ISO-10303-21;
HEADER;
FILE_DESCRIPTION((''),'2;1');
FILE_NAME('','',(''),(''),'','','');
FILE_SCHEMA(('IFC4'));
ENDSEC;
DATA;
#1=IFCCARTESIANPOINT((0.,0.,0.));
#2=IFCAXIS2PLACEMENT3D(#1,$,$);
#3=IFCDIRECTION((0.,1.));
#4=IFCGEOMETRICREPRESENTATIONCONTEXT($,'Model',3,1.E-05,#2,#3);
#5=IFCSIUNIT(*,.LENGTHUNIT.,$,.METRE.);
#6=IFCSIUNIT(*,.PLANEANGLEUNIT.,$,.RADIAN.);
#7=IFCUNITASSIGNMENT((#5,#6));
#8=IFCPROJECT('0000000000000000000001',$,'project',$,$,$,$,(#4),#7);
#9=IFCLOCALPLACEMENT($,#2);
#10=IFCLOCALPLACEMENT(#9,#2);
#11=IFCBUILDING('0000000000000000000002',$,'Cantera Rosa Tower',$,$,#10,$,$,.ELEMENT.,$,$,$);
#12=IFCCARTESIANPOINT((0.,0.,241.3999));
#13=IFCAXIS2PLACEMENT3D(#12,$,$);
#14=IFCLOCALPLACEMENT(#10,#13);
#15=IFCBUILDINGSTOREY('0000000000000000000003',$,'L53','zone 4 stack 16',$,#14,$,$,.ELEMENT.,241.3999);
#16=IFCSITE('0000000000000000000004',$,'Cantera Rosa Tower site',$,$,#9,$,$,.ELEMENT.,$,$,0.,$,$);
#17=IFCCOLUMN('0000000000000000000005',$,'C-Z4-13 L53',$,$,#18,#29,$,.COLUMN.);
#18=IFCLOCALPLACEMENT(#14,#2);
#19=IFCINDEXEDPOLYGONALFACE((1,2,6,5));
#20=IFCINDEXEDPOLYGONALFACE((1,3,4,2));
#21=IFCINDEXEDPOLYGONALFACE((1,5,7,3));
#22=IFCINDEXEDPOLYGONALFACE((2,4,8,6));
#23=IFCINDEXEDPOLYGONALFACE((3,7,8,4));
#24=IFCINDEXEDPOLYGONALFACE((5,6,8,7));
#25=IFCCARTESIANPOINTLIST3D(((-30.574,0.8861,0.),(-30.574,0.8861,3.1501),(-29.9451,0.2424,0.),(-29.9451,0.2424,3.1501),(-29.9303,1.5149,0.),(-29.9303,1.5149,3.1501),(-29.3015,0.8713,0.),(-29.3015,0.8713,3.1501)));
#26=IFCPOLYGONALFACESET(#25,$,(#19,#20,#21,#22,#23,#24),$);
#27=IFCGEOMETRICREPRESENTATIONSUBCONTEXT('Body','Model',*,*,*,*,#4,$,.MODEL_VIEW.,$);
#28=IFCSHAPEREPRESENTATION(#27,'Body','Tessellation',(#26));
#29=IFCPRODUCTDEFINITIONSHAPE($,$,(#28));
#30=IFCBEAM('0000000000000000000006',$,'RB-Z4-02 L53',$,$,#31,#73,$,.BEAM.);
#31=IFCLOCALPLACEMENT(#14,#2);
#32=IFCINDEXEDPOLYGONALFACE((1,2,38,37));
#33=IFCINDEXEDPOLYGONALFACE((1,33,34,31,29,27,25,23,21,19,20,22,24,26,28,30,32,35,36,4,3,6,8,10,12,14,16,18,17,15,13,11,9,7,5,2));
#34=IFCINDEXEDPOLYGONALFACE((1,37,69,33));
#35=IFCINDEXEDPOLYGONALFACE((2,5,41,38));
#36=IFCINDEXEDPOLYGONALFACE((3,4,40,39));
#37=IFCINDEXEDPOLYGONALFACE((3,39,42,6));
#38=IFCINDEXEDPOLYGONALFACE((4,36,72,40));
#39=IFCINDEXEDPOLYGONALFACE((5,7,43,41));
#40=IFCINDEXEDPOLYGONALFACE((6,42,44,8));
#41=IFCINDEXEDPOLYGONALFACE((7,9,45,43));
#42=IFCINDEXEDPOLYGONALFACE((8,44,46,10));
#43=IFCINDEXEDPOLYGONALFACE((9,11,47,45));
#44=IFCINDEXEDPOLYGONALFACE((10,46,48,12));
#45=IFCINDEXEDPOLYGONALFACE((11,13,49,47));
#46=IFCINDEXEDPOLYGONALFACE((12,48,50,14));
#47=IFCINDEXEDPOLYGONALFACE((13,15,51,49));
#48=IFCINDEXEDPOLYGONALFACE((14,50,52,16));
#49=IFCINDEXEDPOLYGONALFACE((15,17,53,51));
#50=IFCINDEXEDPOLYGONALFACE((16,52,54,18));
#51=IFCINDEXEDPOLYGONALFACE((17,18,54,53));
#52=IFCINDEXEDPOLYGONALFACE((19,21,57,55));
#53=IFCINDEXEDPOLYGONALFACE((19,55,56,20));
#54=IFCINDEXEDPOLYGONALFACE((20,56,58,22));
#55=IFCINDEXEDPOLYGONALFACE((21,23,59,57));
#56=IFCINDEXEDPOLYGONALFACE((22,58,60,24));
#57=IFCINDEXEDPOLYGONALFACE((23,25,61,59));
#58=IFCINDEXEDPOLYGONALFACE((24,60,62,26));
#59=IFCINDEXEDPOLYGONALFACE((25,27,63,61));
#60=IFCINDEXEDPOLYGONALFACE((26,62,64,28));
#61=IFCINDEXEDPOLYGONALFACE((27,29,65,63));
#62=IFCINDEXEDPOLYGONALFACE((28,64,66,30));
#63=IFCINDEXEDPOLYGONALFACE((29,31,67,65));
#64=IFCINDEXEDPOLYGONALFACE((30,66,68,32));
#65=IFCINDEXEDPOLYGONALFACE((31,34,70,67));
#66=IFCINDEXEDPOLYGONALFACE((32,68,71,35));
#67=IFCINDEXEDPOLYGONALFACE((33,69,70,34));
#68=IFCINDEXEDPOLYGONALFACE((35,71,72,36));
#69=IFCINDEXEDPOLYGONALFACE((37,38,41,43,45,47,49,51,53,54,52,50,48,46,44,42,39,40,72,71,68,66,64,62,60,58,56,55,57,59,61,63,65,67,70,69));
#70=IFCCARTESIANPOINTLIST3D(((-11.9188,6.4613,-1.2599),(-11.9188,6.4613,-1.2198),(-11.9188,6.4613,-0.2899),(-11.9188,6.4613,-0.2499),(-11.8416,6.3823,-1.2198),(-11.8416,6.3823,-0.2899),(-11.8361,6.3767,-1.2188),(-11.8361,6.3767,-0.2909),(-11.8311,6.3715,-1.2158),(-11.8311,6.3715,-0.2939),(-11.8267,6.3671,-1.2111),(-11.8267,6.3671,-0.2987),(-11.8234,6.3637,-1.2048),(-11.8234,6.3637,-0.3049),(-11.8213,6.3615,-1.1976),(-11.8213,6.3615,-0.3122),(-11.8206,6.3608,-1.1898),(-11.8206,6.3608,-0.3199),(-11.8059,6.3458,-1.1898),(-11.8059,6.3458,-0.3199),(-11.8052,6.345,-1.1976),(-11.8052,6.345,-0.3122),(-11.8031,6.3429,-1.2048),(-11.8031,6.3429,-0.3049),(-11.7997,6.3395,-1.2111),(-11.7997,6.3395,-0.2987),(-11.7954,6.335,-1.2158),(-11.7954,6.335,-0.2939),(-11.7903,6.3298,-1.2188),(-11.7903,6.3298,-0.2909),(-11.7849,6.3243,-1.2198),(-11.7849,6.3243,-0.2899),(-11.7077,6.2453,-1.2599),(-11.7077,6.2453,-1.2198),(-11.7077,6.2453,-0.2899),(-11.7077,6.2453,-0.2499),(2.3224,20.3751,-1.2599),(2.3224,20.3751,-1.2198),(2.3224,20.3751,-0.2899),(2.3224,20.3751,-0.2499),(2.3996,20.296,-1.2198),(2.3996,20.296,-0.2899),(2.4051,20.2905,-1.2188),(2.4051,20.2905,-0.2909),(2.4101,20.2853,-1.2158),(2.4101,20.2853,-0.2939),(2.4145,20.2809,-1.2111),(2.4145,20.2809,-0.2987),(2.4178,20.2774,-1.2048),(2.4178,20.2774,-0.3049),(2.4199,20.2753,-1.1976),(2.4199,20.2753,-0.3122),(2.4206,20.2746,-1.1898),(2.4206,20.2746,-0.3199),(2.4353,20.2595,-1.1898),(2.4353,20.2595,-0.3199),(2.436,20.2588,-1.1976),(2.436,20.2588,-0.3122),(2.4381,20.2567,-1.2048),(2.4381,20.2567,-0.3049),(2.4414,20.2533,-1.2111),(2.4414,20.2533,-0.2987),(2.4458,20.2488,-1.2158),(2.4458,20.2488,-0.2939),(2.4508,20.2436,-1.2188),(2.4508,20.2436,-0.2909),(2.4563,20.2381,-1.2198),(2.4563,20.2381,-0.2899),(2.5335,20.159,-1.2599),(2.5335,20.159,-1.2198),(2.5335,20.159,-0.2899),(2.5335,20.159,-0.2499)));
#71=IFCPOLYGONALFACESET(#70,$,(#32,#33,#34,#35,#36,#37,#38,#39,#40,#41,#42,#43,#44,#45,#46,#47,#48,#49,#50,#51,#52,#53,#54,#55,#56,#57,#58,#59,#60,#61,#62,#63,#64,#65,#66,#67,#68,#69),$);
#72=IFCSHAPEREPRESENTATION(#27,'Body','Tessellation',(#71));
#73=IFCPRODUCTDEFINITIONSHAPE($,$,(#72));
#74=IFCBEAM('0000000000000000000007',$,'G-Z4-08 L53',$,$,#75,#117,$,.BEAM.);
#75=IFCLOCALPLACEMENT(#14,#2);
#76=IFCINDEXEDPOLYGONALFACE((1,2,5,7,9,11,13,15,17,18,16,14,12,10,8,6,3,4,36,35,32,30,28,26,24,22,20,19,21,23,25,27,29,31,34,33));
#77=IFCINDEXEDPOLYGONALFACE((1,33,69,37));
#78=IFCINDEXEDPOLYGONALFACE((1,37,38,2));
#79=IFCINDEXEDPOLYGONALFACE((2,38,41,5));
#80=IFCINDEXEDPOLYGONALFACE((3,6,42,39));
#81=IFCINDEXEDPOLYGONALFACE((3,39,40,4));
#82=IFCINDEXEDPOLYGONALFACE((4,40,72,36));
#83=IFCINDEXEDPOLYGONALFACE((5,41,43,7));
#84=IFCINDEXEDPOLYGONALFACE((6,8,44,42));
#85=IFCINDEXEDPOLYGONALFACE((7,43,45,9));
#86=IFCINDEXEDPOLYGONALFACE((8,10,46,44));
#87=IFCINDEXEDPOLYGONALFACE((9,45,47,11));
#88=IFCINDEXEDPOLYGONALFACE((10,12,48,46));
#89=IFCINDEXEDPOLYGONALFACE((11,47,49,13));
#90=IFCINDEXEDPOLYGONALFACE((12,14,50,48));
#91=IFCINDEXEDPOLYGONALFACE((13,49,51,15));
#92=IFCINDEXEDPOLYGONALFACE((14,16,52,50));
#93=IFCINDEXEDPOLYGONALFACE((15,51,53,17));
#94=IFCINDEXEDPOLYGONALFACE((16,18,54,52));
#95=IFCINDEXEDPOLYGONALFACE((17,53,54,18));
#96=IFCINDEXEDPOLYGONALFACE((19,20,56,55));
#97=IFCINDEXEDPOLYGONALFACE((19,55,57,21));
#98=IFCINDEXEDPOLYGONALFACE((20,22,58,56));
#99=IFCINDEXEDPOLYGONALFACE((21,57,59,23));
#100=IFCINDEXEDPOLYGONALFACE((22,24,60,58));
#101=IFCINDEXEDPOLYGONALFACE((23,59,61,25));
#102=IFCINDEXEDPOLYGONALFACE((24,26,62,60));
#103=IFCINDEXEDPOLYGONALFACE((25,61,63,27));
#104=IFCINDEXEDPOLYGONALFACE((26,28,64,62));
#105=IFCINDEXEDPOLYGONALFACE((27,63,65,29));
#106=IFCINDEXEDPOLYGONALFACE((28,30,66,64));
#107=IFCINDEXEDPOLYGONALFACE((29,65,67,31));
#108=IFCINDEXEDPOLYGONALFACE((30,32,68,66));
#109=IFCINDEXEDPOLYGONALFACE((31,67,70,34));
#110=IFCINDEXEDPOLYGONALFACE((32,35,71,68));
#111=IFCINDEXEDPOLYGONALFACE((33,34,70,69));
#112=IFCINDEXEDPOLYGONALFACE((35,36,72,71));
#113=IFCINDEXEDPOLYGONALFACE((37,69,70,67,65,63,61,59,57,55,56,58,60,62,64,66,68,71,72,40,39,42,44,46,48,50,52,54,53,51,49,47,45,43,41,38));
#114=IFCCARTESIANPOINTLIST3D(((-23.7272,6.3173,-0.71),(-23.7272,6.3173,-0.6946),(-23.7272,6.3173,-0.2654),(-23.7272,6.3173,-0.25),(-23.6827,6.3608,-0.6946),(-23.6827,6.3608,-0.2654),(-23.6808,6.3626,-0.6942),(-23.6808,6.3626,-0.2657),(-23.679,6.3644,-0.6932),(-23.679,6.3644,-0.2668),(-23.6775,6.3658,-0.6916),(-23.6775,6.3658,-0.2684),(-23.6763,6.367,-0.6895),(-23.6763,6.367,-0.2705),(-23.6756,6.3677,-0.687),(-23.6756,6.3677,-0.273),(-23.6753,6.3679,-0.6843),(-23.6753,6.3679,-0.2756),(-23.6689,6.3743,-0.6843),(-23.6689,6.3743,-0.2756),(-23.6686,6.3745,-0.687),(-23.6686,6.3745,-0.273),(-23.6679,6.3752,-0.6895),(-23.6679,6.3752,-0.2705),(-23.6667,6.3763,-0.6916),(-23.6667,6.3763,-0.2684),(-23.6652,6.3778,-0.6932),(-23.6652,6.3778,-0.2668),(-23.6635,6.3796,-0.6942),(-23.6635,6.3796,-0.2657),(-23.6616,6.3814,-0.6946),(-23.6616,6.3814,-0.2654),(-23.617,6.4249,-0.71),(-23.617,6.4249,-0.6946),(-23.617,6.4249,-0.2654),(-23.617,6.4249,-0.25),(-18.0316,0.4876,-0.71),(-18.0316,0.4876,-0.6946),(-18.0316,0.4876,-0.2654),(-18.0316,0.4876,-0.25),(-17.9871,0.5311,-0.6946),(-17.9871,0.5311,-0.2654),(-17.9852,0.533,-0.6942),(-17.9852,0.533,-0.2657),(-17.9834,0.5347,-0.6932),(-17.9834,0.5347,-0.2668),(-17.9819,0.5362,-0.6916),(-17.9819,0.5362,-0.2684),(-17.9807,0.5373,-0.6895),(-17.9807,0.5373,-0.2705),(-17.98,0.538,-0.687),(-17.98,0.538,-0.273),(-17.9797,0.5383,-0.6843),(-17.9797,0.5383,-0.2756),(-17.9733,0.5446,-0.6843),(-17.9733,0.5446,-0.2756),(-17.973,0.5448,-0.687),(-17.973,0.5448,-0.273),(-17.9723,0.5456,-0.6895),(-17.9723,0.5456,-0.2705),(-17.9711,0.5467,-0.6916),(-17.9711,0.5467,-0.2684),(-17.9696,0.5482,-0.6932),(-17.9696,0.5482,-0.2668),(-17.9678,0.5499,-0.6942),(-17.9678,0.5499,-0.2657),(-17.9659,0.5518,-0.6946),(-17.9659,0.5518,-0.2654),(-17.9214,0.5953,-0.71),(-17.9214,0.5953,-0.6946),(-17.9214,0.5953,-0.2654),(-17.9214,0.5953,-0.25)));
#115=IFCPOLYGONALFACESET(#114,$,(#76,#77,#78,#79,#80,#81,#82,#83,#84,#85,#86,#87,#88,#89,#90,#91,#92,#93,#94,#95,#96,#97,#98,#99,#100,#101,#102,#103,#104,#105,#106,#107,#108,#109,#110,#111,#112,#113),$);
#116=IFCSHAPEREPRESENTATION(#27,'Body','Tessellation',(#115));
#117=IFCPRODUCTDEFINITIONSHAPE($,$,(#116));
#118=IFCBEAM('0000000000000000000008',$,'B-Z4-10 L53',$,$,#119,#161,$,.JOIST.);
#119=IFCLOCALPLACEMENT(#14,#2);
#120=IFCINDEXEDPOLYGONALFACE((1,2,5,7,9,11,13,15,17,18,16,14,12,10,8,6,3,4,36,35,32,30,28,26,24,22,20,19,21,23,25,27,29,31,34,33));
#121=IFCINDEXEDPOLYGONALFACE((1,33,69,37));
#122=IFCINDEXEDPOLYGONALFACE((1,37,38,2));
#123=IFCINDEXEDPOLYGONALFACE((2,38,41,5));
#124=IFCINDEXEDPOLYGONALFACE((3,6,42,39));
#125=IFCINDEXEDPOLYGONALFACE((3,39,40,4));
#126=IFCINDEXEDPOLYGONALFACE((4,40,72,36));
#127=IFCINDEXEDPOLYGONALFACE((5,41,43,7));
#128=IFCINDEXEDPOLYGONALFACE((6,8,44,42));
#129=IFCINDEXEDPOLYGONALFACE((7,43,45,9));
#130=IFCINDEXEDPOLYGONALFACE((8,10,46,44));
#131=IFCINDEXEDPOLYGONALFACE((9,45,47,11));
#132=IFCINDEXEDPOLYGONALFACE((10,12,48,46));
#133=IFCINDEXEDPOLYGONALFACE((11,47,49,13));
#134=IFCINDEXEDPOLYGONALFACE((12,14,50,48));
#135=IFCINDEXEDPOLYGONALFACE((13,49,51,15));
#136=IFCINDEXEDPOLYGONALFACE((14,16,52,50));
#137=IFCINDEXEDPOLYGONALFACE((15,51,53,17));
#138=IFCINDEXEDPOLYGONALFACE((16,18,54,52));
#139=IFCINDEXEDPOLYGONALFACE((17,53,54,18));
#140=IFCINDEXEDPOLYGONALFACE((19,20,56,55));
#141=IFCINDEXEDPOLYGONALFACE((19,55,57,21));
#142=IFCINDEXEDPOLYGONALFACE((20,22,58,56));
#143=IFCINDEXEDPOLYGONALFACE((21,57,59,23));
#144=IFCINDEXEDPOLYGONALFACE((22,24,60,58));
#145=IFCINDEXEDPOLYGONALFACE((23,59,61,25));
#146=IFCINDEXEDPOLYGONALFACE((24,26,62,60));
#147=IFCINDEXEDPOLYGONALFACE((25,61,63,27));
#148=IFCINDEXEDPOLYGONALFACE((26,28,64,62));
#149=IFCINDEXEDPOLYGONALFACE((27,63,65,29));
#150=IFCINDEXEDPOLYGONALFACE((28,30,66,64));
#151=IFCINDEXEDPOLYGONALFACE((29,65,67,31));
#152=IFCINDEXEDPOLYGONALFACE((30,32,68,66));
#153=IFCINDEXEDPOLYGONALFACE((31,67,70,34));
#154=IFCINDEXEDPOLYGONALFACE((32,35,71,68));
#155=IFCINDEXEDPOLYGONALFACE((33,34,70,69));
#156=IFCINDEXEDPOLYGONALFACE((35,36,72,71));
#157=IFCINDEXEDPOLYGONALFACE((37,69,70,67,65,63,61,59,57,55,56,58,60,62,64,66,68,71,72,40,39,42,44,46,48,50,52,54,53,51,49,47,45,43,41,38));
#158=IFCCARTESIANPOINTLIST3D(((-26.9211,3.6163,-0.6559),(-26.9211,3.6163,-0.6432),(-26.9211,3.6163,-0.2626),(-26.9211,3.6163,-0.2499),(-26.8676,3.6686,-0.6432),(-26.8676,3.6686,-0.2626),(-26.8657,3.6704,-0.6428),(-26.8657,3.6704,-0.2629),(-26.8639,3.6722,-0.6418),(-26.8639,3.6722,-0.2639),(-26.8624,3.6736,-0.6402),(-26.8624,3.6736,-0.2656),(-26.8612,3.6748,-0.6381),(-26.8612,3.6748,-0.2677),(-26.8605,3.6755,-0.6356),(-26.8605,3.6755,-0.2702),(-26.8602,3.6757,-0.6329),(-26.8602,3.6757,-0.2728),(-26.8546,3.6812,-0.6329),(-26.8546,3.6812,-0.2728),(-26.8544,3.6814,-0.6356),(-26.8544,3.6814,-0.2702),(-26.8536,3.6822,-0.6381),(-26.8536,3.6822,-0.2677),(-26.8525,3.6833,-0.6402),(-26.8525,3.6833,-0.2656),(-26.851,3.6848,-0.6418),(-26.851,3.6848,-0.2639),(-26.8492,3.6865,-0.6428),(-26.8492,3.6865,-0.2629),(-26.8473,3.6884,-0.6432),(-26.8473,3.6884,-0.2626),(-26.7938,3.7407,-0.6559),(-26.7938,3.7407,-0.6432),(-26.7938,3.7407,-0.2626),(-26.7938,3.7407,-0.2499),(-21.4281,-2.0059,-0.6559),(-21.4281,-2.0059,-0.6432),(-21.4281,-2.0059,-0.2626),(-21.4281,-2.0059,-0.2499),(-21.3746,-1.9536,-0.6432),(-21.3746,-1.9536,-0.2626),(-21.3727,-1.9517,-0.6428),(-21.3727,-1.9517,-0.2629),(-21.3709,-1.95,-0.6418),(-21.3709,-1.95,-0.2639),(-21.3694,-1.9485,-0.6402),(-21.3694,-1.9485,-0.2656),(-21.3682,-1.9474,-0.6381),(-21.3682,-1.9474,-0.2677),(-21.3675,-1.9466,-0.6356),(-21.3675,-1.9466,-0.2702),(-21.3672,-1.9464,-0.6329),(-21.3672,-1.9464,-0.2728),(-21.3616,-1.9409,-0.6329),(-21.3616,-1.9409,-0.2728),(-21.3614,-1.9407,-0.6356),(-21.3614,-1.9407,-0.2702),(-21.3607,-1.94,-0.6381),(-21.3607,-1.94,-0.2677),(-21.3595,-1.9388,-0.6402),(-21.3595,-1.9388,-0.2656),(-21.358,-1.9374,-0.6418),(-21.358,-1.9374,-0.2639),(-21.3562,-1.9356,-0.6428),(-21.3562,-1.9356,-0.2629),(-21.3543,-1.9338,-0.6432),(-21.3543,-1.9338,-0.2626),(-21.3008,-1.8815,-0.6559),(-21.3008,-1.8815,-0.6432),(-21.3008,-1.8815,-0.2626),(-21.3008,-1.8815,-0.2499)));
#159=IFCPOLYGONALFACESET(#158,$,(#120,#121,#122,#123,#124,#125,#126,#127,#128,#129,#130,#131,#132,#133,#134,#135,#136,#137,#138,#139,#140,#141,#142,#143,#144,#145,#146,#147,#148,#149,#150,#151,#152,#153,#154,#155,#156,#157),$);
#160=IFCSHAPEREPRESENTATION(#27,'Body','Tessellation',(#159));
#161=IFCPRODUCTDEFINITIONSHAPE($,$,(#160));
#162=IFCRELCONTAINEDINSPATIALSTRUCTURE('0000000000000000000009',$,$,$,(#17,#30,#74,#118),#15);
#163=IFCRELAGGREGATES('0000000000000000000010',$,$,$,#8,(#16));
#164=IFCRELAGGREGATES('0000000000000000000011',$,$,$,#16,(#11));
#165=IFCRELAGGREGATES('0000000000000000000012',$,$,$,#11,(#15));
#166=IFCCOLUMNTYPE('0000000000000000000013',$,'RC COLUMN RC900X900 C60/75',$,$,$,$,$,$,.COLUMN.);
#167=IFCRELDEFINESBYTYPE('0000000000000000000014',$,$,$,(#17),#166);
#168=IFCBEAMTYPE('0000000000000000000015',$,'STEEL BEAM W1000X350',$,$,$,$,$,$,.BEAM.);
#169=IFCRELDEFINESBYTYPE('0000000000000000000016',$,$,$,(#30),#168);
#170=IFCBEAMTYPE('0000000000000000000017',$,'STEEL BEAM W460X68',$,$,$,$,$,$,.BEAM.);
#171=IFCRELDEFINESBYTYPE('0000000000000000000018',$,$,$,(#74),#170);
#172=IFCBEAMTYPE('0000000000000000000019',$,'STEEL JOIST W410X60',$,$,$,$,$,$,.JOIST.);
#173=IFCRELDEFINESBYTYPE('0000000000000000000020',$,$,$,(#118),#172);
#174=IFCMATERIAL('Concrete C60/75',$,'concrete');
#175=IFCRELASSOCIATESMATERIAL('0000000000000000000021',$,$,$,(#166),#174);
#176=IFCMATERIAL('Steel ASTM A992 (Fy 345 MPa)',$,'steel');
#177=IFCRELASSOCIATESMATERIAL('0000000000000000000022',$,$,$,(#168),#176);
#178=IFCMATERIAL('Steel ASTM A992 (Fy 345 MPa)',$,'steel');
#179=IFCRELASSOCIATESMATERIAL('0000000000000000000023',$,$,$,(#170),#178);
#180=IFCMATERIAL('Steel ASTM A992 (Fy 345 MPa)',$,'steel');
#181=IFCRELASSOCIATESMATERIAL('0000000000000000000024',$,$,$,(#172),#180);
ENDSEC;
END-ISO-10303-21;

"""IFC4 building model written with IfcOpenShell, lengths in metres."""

from ifc_helpers import new_model, si_unit, direction, frame, origin, origin_2d, place, context, subcontext, project, spatial, rectangle, i_section, extrude, material, material_profile, profile_set, type_object, element, save


model = new_model("IFC4")

# Units and contexts
model_context = context("Model", 3, precision=1e-05, world=origin(), true_north=direction((0.0, 1.0)))
body_context = subcontext(model_context, "Body", "Model", "MODEL_VIEW")
ifc_project = project(units=[si_unit("LENGTHUNIT", "METRE"), si_unit("PLANEANGLEUNIT", "RADIAN")], contexts=[model_context])

# Site, building, storey
site_placement = place(None, origin())
site = spatial("IfcSite", under=ifc_project, at=site_placement, Name="Cantera Rosa Tower site", CompositionType="ELEMENT", RefElevation=0.0)
building_placement = place(site_placement, origin())
building = spatial("IfcBuilding", under=site, at=building_placement, Name="Cantera Rosa Tower", CompositionType="ELEMENT")
storey_placement = place(building_placement, frame((0.0, 0.0, 241.3999)))
storey = spatial("IfcBuildingStorey", under=building, at=storey_placement, Name="L53", Description="zone 4 stack 16", CompositionType="ELEMENT", Elevation=241.3999)

# Column
ifc_material_1 = material(Name="Concrete C60/75", Category="concrete")
ifc_material_profile_1 = material_profile(ifc_material_1, rectangle(XDim=0.8999, YDim=0.8999, at=origin_2d()), Name="RC COLUMN RC900X900 C60/75")
ifc_profile_set_1 = profile_set([ifc_material_profile_1], Name="Concrete C60/75")
column_type = type_object("IfcColumnType", Name="RC COLUMN RC900X900 C60/75", PredefinedType="COLUMN", material=ifc_profile_set_1)
column_placement = place(storey_placement, frame((-29.9377, 0.8787, 0.0), z_axis=(0.0, 0.0, 1.0), x_axis=(0.715286, 0.698832, 0.0)))
element("IfcColumn", 1, at=column_placement, inside=storey, type_object=column_type, Name="C-Z4-13 L53", PredefinedType="COLUMN", context=body_context, shape_type="SweptSolid", body=[
    extrude(rectangle(XDim=0.8999, YDim=0.8999, at=origin_2d()), origin(), (0.0, 0.0, 1.0), 3.1501),
])

# Beams
ifc_material_2 = material(Name="Steel ASTM A992 (Fy 345 MPa)", Category="steel")
ifc_material_profile_2 = material_profile(ifc_material_2, i_section(OverallWidth=0.302, OverallDepth=1.01, WebThickness=0.021, FlangeThickness=0.04, FilletRadius=0.03, at=origin_2d()), Name="W1000X350")
ifc_profile_set_2 = profile_set([ifc_material_profile_2], Name="Steel ASTM A992 (Fy 345 MPa)")
beam_type_1 = type_object("IfcBeamType", Name="STEEL BEAM W1000X350", PredefinedType="BEAM", material=ifc_profile_set_2)
beam_1_placement = place(storey_placement, frame((-11.8132, 6.3533, -0.7549), z_axis=(0.715281, 0.698837, 0.0), x_axis=(-0.698837, 0.715281, 0.0)))
element("IfcBeam", 2, at=beam_1_placement, inside=storey, type_object=beam_type_1, Name="RB-Z4-02 L53", PredefinedType="BEAM", context=body_context, shape_type="SweptSolid", body=[
    extrude(i_section(OverallWidth=0.302, OverallDepth=1.01, WebThickness=0.021, FlangeThickness=0.04, FilletRadius=0.03, at=origin_2d()), origin(), (0.0, 0.0, 1.0), 19.9099),
])
ifc_material_3 = material(Name="Steel ASTM A992 (Fy 345 MPa)", Category="steel")
ifc_material_profile_3 = material_profile(ifc_material_3, i_section(OverallWidth=0.1541, OverallDepth=0.46, WebThickness=0.009, FlangeThickness=0.0154, FilletRadius=0.0103, at=origin_2d()), Name="W460X68")
ifc_profile_set_3 = profile_set([ifc_material_profile_3], Name="Steel ASTM A992 (Fy 345 MPa)")
beam_type_2 = type_object("IfcBeamType", Name="STEEL BEAM W460X68", PredefinedType="BEAM", material=ifc_profile_set_3)
beam_2_placement = place(storey_placement, frame((-23.6721, 6.3711, -0.48), z_axis=(0.698836, -0.715282, 0.0), x_axis=(0.715282, 0.698836, 0.0)))
element("IfcBeam", 3, at=beam_2_placement, inside=storey, type_object=beam_type_2, Name="G-Z4-08 L53", PredefinedType="BEAM", context=body_context, shape_type="SweptSolid", body=[
    extrude(i_section(OverallWidth=0.1541, OverallDepth=0.46, WebThickness=0.009, FlangeThickness=0.0154, FilletRadius=0.0103, at=origin_2d()), origin(), (0.0, 0.0, 1.0), 8.1501),
])
ifc_material_4 = material(Name="Steel ASTM A992 (Fy 345 MPa)", Category="steel")
ifc_material_profile_4 = material_profile(ifc_material_4, i_section(OverallWidth=0.178, OverallDepth=0.406, WebThickness=0.0078, FlangeThickness=0.0127, FilletRadius=0.0103, at=origin_2d()), Name="W410X60")
ifc_profile_set_4 = profile_set([ifc_material_profile_4], Name="Steel ASTM A992 (Fy 345 MPa)")
beam_type_3 = type_object("IfcBeamType", Name="STEEL JOIST W410X60", PredefinedType="JOIST", material=ifc_profile_set_4)
beam_3_placement = place(storey_placement, frame((-26.8574, 3.6785, -0.4529), z_axis=(0.698843, -0.715275, 0.0), x_axis=(0.715275, 0.698843, 0.0)))
element("IfcBeam", 4, at=beam_3_placement, inside=storey, type_object=beam_type_3, Name="B-Z4-10 L53", PredefinedType="JOIST", context=body_context, shape_type="SweptSolid", body=[
    extrude(i_section(OverallWidth=0.178, OverallDepth=0.406, WebThickness=0.0078, FlangeThickness=0.0127, FilletRadius=0.0103, at=origin_2d()), origin(), (0.0, 0.0, 1.0), 7.8601),
])

save(model, "model.ifc")
